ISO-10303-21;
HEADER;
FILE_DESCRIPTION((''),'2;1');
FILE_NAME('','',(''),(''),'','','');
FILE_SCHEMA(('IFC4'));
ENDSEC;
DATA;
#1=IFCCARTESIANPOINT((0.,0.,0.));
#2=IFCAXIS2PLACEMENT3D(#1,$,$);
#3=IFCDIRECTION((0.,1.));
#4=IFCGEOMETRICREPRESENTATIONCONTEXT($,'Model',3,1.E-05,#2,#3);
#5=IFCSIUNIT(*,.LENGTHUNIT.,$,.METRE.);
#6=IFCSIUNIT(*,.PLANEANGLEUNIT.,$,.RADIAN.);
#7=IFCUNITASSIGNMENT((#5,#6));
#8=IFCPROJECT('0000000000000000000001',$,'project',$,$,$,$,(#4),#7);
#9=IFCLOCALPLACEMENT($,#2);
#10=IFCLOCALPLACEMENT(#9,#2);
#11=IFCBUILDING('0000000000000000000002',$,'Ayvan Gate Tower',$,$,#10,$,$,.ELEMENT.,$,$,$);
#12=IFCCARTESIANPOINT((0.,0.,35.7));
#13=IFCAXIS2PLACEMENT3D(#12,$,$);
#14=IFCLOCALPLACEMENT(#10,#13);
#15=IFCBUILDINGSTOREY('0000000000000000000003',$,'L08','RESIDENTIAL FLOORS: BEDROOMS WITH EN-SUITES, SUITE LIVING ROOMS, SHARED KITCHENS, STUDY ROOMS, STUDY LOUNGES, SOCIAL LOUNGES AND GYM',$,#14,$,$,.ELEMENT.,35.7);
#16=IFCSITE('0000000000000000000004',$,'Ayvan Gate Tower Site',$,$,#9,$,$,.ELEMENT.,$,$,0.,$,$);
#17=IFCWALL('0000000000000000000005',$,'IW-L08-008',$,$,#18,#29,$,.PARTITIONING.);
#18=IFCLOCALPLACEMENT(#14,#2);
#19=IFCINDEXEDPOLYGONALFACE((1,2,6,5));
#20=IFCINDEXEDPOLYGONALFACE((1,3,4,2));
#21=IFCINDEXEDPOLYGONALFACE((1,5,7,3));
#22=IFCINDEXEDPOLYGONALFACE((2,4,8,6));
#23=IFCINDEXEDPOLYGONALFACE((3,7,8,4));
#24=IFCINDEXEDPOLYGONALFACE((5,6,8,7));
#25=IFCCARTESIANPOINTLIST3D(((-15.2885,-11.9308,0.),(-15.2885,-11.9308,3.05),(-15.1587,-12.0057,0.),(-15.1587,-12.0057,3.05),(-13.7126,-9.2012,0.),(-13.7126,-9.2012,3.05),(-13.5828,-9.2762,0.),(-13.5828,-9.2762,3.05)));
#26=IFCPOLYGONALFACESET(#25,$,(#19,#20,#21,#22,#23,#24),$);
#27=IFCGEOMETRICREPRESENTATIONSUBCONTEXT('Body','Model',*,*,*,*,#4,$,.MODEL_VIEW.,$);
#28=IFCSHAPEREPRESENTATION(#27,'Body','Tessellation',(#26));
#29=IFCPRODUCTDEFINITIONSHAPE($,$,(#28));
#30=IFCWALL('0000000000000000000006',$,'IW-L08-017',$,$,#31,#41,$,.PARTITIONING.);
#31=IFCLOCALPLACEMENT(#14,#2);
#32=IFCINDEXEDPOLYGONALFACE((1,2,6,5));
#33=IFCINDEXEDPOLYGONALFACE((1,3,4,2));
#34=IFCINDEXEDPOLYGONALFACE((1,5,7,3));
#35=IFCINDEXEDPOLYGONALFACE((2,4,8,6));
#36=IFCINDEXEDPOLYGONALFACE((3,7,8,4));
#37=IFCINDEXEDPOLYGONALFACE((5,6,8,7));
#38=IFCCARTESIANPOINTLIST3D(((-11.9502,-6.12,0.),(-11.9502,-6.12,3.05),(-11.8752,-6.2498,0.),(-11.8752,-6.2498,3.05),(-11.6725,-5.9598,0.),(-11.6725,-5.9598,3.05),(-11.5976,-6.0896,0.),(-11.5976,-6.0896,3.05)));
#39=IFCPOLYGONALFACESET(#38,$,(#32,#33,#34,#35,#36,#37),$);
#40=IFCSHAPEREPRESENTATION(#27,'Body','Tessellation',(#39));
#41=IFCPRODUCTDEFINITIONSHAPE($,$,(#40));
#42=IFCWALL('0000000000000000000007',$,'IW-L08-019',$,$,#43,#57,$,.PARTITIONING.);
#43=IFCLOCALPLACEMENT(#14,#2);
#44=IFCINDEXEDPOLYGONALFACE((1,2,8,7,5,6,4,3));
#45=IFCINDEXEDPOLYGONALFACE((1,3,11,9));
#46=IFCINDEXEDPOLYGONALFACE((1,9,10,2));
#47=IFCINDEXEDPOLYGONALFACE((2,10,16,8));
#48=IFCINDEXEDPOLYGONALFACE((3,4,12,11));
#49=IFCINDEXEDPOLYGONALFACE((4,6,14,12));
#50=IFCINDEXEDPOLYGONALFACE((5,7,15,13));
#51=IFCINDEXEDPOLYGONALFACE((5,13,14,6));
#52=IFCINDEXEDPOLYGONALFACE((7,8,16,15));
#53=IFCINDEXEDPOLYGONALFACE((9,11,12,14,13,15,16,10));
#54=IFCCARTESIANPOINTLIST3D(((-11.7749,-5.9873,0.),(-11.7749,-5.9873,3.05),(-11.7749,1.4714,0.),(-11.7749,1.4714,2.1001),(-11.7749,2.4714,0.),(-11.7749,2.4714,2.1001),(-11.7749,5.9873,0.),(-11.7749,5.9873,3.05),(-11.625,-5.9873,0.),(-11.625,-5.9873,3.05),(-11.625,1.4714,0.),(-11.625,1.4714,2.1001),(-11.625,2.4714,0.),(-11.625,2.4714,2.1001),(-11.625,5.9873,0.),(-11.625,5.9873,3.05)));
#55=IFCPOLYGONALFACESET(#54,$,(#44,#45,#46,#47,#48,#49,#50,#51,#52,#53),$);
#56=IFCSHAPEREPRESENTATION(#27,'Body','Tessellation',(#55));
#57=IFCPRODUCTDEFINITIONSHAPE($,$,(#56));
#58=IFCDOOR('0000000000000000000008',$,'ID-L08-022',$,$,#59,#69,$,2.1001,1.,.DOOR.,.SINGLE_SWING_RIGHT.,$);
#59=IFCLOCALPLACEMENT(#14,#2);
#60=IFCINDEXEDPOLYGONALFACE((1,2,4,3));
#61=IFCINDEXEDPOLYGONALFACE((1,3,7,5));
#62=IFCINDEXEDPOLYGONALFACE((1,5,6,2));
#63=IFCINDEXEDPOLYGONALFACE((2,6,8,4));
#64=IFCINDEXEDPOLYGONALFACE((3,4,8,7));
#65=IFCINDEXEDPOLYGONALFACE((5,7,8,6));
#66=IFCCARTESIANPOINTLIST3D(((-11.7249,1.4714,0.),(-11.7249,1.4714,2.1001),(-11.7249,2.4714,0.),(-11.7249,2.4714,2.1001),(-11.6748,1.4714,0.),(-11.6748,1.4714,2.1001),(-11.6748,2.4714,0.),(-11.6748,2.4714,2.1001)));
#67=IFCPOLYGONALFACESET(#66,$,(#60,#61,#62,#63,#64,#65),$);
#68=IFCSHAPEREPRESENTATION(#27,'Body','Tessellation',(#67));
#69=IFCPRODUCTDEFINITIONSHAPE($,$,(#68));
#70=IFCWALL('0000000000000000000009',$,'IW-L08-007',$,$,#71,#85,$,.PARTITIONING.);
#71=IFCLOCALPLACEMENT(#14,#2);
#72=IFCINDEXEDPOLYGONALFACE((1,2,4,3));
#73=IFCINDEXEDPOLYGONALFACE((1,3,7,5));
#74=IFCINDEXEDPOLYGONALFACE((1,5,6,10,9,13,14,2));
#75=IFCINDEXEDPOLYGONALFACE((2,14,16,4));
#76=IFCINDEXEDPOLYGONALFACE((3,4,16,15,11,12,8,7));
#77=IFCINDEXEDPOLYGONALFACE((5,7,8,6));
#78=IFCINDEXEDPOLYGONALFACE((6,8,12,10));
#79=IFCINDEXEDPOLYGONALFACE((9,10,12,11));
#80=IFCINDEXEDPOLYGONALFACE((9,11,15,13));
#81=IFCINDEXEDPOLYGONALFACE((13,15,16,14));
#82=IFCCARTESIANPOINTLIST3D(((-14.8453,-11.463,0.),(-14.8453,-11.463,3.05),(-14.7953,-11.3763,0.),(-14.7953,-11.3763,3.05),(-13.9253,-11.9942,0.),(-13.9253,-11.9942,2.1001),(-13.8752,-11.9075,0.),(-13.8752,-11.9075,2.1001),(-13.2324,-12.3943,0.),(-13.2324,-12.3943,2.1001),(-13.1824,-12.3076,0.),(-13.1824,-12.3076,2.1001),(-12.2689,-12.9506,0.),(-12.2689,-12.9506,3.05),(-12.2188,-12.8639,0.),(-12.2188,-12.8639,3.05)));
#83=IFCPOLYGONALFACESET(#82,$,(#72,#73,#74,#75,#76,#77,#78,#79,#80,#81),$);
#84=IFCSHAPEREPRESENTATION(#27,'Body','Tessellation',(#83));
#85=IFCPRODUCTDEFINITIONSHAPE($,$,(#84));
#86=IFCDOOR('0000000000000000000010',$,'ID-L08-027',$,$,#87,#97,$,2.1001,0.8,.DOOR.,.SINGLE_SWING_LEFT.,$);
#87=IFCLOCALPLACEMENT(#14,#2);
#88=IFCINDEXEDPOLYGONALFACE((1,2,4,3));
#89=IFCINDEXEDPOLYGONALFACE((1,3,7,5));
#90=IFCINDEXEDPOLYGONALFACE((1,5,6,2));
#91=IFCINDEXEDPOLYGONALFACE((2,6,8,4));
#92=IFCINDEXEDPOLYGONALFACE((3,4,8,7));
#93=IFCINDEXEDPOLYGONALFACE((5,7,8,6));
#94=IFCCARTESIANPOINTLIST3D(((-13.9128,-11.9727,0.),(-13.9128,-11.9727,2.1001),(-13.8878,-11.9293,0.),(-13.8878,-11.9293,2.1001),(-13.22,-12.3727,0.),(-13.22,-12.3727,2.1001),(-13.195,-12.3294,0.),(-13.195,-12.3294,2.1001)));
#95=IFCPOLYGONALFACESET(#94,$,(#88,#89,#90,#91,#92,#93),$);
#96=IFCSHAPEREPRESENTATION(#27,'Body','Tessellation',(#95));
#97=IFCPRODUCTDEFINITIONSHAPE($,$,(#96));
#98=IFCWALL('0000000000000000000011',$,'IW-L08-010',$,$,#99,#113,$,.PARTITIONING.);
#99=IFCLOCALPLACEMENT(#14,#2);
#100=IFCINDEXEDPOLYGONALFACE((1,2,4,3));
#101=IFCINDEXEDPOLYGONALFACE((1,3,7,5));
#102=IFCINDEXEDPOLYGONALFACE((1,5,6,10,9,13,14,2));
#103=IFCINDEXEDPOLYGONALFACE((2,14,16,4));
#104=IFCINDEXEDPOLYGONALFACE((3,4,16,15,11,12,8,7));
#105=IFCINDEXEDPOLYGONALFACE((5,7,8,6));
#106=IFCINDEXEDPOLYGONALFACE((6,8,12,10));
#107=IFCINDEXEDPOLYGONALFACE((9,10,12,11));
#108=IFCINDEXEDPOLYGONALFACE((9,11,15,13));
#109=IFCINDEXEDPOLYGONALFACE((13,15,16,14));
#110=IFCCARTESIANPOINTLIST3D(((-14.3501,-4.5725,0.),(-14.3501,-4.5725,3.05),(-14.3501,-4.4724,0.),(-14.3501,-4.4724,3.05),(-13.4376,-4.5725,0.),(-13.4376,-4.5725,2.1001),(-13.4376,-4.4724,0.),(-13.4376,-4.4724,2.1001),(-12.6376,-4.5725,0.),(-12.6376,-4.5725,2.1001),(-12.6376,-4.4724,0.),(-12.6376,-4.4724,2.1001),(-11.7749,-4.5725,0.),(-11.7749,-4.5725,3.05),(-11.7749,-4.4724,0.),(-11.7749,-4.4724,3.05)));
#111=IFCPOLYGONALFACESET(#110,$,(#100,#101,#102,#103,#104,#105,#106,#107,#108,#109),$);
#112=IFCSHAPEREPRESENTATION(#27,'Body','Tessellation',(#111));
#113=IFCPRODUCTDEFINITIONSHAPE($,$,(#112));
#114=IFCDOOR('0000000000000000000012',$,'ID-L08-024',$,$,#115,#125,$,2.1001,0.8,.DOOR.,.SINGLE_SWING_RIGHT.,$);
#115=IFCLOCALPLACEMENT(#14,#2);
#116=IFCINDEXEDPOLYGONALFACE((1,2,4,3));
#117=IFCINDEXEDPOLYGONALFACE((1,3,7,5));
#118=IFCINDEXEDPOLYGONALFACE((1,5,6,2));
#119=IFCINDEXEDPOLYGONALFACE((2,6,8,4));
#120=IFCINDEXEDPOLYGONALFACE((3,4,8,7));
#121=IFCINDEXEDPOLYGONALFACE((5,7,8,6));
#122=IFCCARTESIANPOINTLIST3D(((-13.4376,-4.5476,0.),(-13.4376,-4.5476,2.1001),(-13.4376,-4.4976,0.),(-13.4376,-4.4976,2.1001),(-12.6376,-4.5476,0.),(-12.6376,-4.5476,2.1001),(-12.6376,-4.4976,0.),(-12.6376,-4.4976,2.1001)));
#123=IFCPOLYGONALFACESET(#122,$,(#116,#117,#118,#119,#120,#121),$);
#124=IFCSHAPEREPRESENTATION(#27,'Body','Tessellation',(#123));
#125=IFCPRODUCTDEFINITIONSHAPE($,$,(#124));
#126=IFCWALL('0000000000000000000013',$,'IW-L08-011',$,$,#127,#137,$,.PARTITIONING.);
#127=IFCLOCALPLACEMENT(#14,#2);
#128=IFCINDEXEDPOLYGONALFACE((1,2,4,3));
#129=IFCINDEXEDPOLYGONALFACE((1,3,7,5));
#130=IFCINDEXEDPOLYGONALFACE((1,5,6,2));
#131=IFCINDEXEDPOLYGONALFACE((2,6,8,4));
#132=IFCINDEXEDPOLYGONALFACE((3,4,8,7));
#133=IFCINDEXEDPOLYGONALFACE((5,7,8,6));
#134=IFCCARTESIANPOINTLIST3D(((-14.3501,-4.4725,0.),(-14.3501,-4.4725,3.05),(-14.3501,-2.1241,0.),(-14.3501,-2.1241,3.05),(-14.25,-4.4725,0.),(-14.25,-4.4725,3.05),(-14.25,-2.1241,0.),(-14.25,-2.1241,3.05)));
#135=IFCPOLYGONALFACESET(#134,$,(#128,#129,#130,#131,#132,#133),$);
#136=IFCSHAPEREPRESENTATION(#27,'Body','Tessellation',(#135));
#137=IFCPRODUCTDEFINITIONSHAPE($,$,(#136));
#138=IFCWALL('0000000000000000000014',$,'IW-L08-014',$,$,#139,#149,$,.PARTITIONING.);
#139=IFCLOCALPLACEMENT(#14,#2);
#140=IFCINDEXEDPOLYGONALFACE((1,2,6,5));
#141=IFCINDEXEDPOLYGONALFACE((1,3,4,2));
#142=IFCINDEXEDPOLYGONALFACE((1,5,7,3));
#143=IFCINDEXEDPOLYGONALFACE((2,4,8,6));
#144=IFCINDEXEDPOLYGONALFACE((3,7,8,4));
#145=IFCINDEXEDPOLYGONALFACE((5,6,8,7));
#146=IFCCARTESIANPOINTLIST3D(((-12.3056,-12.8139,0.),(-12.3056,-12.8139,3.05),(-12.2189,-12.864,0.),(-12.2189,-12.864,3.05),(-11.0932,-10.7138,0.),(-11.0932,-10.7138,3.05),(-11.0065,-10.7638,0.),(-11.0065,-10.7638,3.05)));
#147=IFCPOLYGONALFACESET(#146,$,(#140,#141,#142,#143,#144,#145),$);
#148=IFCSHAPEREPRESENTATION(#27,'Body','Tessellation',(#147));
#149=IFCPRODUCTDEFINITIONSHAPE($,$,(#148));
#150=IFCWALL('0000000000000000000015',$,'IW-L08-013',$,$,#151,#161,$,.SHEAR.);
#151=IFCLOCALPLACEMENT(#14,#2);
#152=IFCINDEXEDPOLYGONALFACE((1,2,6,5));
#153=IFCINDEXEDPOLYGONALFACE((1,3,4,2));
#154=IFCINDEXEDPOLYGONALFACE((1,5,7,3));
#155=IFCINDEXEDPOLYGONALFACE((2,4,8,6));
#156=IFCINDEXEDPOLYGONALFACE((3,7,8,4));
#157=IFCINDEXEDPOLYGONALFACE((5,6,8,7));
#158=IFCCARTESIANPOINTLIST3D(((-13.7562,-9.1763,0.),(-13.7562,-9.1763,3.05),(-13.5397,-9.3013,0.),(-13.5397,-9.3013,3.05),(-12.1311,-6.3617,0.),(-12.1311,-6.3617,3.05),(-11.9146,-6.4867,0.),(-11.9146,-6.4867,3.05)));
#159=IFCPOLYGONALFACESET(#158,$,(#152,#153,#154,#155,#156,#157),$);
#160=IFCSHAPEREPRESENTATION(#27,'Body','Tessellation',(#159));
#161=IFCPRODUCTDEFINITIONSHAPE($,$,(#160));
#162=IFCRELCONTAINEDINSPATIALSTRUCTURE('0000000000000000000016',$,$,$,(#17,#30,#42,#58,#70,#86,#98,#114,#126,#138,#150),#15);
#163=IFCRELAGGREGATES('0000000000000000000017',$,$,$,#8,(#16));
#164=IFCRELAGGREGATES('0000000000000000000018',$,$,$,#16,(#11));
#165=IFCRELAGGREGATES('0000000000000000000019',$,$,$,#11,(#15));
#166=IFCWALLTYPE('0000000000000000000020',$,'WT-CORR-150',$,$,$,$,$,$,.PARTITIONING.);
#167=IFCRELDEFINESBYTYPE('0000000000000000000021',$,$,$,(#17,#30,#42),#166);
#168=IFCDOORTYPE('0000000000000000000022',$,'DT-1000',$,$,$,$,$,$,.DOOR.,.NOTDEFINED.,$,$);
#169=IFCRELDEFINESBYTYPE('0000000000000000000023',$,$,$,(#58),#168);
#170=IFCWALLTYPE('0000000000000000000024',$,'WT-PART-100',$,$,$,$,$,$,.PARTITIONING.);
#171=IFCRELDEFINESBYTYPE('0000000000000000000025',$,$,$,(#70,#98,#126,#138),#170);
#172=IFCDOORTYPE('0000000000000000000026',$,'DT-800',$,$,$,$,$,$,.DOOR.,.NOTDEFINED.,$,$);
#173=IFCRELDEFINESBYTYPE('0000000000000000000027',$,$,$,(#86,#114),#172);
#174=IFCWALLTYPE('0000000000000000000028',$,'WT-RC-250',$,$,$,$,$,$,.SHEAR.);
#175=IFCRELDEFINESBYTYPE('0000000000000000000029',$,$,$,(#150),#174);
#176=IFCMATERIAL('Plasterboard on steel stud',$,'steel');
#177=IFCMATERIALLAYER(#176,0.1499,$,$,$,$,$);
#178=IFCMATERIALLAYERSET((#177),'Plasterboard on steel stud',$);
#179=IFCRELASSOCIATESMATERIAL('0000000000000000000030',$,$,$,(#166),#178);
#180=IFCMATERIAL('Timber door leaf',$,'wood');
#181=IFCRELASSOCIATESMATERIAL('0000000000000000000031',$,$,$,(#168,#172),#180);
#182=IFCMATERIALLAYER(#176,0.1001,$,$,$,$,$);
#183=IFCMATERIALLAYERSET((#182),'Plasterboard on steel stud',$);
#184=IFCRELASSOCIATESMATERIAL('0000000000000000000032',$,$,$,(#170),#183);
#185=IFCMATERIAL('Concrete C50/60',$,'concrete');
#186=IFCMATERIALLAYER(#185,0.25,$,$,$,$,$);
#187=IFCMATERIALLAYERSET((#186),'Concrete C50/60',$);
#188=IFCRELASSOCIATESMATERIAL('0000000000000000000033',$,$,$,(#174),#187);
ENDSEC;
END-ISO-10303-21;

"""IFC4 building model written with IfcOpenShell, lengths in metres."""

from ifc_helpers import new_model, si_unit, direction, frame, frame_2d, origin, place, context, subcontext, project, spatial, rectangle, extrude, material, layer, layer_set, type_object, element, fill, save


model = new_model("IFC4")

# Units and contexts
model_context = context("Model", 3, precision=1e-05, world=origin(), true_north=direction((0.0, 1.0)))
body_context = subcontext(model_context, "Body", "Model", "MODEL_VIEW")
ifc_project = project(units=[si_unit("LENGTHUNIT", "METRE"), si_unit("PLANEANGLEUNIT", "RADIAN")], contexts=[model_context])

# Site, building, storey
site_placement = place(None, origin())
site = spatial("IfcSite", under=ifc_project, at=site_placement, Name="Ayvan Gate Tower Site", CompositionType="ELEMENT", RefElevation=0.0)
building_placement = place(site_placement, origin())
building = spatial("IfcBuilding", under=site, at=building_placement, Name="Ayvan Gate Tower", CompositionType="ELEMENT")
storey_placement = place(building_placement, frame((0.0, 0.0, 35.7)))
storey = spatial("IfcBuildingStorey", under=building, at=storey_placement, Name="L08", Description="RESIDENTIAL FLOORS: BEDROOMS WITH EN-SUITES, SUITE LIVING ROOMS, SHARED KITCHENS, STUDY ROOMS, STUDY LOUNGES, SOCIAL LOUNGES AND GYM", CompositionType="ELEMENT", Elevation=35.7)

# Walls
ifc_material_1 = material(Name="Plasterboard on steel stud", Category="steel")
ifc_layer_1 = layer(ifc_material_1, 0.1499)
ifc_layer_set_1 = layer_set([ifc_layer_1], Name="Plasterboard on steel stud")
wall_type_1 = type_object("IfcWallType", Name="WT-CORR-150", PredefinedType="PARTITIONING", material=ifc_layer_set_1)
wall_1_placement = place(storey_placement, frame((-15.2236, -11.9683, 0.0), z_axis=(0.0, 0.0, 1.0), x_axis=(0.500013, 0.866018, 0.0)))
element("IfcWall", 1, at=wall_1_placement, inside=storey, type_object=wall_type_1, Name="IW-L08-008", PredefinedType="PARTITIONING", context=body_context, shape_type="SweptSolid", body=[
    extrude(rectangle(XDim=3.1519, YDim=0.1499, at=frame_2d((1.5759, 0.0))), origin(), (0.0, 0.0, 1.0), 3.05),
])
wall_2_placement = place(storey_placement, frame((-11.9126, -6.1848, 0.0), z_axis=(0.0, 0.0, 1.0), x_axis=(0.866173, 0.499744, 0.0)))
element("IfcWall", 2, at=wall_2_placement, inside=storey, type_object=wall_type_1, Name="IW-L08-017", PredefinedType="PARTITIONING", context=body_context, shape_type="SweptSolid", body=[
    extrude(rectangle(XDim=0.3206, YDim=0.1499, at=frame_2d((0.1602, 0.0))), origin(), (0.0, 0.0, 1.0), 3.05),
])

# Walls, openings, doors
wall_3_placement = place(storey_placement, frame((-11.7, -5.9873, 0.0), z_axis=(0.0, 0.0, 1.0), x_axis=(0.0, 1.0, 0.0)))
wall_3 = element("IfcWall", 3, at=wall_3_placement, inside=storey, type_object=wall_type_1, Name="IW-L08-019", PredefinedType="PARTITIONING", context=body_context, shape_type="SweptSolid", body=[
    extrude(rectangle(XDim=11.9746, YDim=0.1499, at=frame_2d((5.9873, 0.0))), origin(), (0.0, 0.0, 1.0), 3.05),
])
opening_1_placement = place(wall_3_placement, frame((7.4587, 0.0, 0.0)))
opening_1 = element("IfcOpeningElement", 4, at=opening_1_placement, cuts=wall_3, PredefinedType="OPENING", context=body_context, shape_type="SweptSolid", body=[
    extrude(rectangle(XDim=1.0, YDim=2.1001, at=frame_2d((0.5, 1.05))), frame((0.0, 0.085, 0.0), z_axis=(0.0, -1.0, 0.0), x_axis=(1.0, 0.0, 0.0)), (0.0, 0.0, 1.0), 0.1699),
])
ifc_material_2 = material(Name="Timber door leaf", Category="wood")
door_type_1 = type_object("IfcDoorType", Name="DT-1000", OperationType="NOTDEFINED", PredefinedType="DOOR", material=ifc_material_2)
door_1_placement = place(opening_1_placement, origin())
door_1 = element("IfcDoor", 5, at=door_1_placement, inside=storey, type_object=door_type_1, Name="ID-L08-022", OperationType="SINGLE_SWING_RIGHT", OverallHeight=2.1001, OverallWidth=1.0, PredefinedType="DOOR", context=body_context, shape_type="SweptSolid", body=[
    extrude(rectangle(XDim=1.0, YDim=2.1001, at=frame_2d((0.5, 1.05))), frame((0.0, 0.0249, 0.0), z_axis=(0.0, -1.0, 0.0), x_axis=(1.0, 0.0, 0.0)), (0.0, 0.0, 1.0), 0.05),
])
fill(opening_1, door_1)
ifc_layer_2 = layer(ifc_material_1, 0.1001)
ifc_layer_set_2 = layer_set([ifc_layer_2], Name="Plasterboard on steel stud")
wall_type_2 = type_object("IfcWallType", Name="WT-PART-100", PredefinedType="PARTITIONING", material=ifc_layer_set_2)
wall_4_placement = place(storey_placement, frame((-14.8203, -11.4197, 0.0), z_axis=(0.0, 0.0, 1.0), x_axis=(0.866017, -0.500014, 0.0)))
wall_4 = element("IfcWall", 6, at=wall_4_placement, inside=storey, type_object=wall_type_2, Name="IW-L08-007", PredefinedType="PARTITIONING", context=body_context, shape_type="SweptSolid", body=[
    extrude(rectangle(XDim=2.9751, YDim=0.1001, at=frame_2d((1.4875, 0.0))), origin(), (0.0, 0.0, 1.0), 3.05),
])
opening_2_placement = place(wall_4_placement, frame((1.0625, 0.0, 0.0)))
opening_2 = element("IfcOpeningElement", 7, at=opening_2_placement, cuts=wall_4, PredefinedType="OPENING", context=body_context, shape_type="SweptSolid", body=[
    extrude(rectangle(XDim=0.8, YDim=2.1001, at=frame_2d((0.3999, 1.05))), frame((0.0, 0.0601, 0.0), z_axis=(0.0, -1.0, 0.0), x_axis=(1.0, 0.0, 0.0)), (0.0, 0.0, 1.0), 0.1201),
])
door_type_2 = type_object("IfcDoorType", Name="DT-800", OperationType="NOTDEFINED", PredefinedType="DOOR", material=ifc_material_2)
door_2_placement = place(opening_2_placement, origin())
door_2 = element("IfcDoor", 8, at=door_2_placement, inside=storey, type_object=door_type_2, Name="ID-L08-027", OperationType="SINGLE_SWING_LEFT", OverallHeight=2.1001, OverallWidth=0.8, PredefinedType="DOOR", context=body_context, shape_type="SweptSolid", body=[
    extrude(rectangle(XDim=0.8, YDim=2.1001, at=frame_2d((0.3999, 1.05))), frame((0.0, 0.0249, 0.0), z_axis=(0.0, -1.0, 0.0), x_axis=(1.0, 0.0, 0.0)), (0.0, 0.0, 1.0), 0.05),
])
fill(opening_2, door_2)
wall_5_placement = place(storey_placement, frame((-14.3501, -4.5225, 0.0), z_axis=(0.0, 0.0, 1.0), x_axis=(1.0, 0.0, 0.0)))
wall_5 = element("IfcWall", 9, at=wall_5_placement, inside=storey, type_object=wall_type_2, Name="IW-L08-010", PredefinedType="PARTITIONING", context=body_context, shape_type="SweptSolid", body=[
    extrude(rectangle(XDim=2.5752, YDim=0.1001, at=frame_2d((1.2876, 0.0))), origin(), (0.0, 0.0, 1.0), 3.05),
])
opening_3_placement = place(wall_5_placement, frame((0.9126, 0.0, 0.0)))
opening_3 = element("IfcOpeningElement", 10, at=opening_3_placement, cuts=wall_5, PredefinedType="OPENING", context=body_context, shape_type="SweptSolid", body=[
    extrude(rectangle(XDim=0.8, YDim=2.1001, at=frame_2d((0.3999, 1.05))), frame((0.0, 0.0601, 0.0), z_axis=(0.0, -1.0, 0.0), x_axis=(1.0, 0.0, 0.0)), (0.0, 0.0, 1.0), 0.1201),
])
door_3_placement = place(opening_3_placement, origin())
door_3 = element("IfcDoor", 11, at=door_3_placement, inside=storey, type_object=door_type_2, Name="ID-L08-024", OperationType="SINGLE_SWING_RIGHT", OverallHeight=2.1001, OverallWidth=0.8, PredefinedType="DOOR", context=body_context, shape_type="SweptSolid", body=[
    extrude(rectangle(XDim=0.8, YDim=2.1001, at=frame_2d((0.3999, 1.05))), frame((0.0, 0.0249, 0.0), z_axis=(0.0, -1.0, 0.0), x_axis=(1.0, 0.0, 0.0)), (0.0, 0.0, 1.0), 0.05),
])
fill(opening_3, door_3)

# Walls
wall_6_placement = place(storey_placement, frame((-14.3, -2.124, 0.0), z_axis=(0.0, 0.0, 1.0), x_axis=(0.0, -1.0, 0.0)))
element("IfcWall", 12, at=wall_6_placement, inside=storey, type_object=wall_type_2, Name="IW-L08-011", PredefinedType="PARTITIONING", context=body_context, shape_type="SweptSolid", body=[
    extrude(rectangle(XDim=2.3484, YDim=0.1001, at=frame_2d((1.1743, 0.0))), origin(), (0.0, 0.0, 1.0), 3.05),
])
wall_7_placement = place(storey_placement, frame((-12.2622, -12.8389, 0.0), z_axis=(0.0, 0.0, 1.0), x_axis=(0.499972, 0.866041, 0.0)))
element("IfcWall", 13, at=wall_7_placement, inside=storey, type_object=wall_type_2, Name="IW-L08-014", PredefinedType="PARTITIONING", context=body_context, shape_type="SweptSolid", body=[
    extrude(rectangle(XDim=2.425, YDim=0.1001, at=frame_2d((1.2124, 0.0))), origin(), (0.0, 0.0, 1.0), 3.05),
])
ifc_material_3 = material(Name="Concrete C50/60", Category="concrete")
ifc_layer_3 = layer(ifc_material_3, 0.25)
ifc_layer_set_3 = layer_set([ifc_layer_3], Name="Concrete C50/60")
wall_type_3 = type_object("IfcWallType", Name="WT-RC-250", PredefinedType="SHEAR", material=ifc_layer_set_3)
wall_8_placement = place(storey_placement, frame((-13.6479, -9.2388, 0.0), z_axis=(0.0, 0.0, 1.0), x_axis=(0.500017, 0.866015, 0.0)))
element("IfcWall", 14, at=wall_8_placement, inside=storey, type_object=wall_type_3, Name="IW-L08-013", PredefinedType="SHEAR", context=body_context, shape_type="SweptSolid", body=[
    extrude(rectangle(XDim=3.25, YDim=0.25, at=frame_2d((1.625, 0.0))), origin(), (0.0, 0.0, 1.0), 3.05),
])

save(model, "model.ifc")
